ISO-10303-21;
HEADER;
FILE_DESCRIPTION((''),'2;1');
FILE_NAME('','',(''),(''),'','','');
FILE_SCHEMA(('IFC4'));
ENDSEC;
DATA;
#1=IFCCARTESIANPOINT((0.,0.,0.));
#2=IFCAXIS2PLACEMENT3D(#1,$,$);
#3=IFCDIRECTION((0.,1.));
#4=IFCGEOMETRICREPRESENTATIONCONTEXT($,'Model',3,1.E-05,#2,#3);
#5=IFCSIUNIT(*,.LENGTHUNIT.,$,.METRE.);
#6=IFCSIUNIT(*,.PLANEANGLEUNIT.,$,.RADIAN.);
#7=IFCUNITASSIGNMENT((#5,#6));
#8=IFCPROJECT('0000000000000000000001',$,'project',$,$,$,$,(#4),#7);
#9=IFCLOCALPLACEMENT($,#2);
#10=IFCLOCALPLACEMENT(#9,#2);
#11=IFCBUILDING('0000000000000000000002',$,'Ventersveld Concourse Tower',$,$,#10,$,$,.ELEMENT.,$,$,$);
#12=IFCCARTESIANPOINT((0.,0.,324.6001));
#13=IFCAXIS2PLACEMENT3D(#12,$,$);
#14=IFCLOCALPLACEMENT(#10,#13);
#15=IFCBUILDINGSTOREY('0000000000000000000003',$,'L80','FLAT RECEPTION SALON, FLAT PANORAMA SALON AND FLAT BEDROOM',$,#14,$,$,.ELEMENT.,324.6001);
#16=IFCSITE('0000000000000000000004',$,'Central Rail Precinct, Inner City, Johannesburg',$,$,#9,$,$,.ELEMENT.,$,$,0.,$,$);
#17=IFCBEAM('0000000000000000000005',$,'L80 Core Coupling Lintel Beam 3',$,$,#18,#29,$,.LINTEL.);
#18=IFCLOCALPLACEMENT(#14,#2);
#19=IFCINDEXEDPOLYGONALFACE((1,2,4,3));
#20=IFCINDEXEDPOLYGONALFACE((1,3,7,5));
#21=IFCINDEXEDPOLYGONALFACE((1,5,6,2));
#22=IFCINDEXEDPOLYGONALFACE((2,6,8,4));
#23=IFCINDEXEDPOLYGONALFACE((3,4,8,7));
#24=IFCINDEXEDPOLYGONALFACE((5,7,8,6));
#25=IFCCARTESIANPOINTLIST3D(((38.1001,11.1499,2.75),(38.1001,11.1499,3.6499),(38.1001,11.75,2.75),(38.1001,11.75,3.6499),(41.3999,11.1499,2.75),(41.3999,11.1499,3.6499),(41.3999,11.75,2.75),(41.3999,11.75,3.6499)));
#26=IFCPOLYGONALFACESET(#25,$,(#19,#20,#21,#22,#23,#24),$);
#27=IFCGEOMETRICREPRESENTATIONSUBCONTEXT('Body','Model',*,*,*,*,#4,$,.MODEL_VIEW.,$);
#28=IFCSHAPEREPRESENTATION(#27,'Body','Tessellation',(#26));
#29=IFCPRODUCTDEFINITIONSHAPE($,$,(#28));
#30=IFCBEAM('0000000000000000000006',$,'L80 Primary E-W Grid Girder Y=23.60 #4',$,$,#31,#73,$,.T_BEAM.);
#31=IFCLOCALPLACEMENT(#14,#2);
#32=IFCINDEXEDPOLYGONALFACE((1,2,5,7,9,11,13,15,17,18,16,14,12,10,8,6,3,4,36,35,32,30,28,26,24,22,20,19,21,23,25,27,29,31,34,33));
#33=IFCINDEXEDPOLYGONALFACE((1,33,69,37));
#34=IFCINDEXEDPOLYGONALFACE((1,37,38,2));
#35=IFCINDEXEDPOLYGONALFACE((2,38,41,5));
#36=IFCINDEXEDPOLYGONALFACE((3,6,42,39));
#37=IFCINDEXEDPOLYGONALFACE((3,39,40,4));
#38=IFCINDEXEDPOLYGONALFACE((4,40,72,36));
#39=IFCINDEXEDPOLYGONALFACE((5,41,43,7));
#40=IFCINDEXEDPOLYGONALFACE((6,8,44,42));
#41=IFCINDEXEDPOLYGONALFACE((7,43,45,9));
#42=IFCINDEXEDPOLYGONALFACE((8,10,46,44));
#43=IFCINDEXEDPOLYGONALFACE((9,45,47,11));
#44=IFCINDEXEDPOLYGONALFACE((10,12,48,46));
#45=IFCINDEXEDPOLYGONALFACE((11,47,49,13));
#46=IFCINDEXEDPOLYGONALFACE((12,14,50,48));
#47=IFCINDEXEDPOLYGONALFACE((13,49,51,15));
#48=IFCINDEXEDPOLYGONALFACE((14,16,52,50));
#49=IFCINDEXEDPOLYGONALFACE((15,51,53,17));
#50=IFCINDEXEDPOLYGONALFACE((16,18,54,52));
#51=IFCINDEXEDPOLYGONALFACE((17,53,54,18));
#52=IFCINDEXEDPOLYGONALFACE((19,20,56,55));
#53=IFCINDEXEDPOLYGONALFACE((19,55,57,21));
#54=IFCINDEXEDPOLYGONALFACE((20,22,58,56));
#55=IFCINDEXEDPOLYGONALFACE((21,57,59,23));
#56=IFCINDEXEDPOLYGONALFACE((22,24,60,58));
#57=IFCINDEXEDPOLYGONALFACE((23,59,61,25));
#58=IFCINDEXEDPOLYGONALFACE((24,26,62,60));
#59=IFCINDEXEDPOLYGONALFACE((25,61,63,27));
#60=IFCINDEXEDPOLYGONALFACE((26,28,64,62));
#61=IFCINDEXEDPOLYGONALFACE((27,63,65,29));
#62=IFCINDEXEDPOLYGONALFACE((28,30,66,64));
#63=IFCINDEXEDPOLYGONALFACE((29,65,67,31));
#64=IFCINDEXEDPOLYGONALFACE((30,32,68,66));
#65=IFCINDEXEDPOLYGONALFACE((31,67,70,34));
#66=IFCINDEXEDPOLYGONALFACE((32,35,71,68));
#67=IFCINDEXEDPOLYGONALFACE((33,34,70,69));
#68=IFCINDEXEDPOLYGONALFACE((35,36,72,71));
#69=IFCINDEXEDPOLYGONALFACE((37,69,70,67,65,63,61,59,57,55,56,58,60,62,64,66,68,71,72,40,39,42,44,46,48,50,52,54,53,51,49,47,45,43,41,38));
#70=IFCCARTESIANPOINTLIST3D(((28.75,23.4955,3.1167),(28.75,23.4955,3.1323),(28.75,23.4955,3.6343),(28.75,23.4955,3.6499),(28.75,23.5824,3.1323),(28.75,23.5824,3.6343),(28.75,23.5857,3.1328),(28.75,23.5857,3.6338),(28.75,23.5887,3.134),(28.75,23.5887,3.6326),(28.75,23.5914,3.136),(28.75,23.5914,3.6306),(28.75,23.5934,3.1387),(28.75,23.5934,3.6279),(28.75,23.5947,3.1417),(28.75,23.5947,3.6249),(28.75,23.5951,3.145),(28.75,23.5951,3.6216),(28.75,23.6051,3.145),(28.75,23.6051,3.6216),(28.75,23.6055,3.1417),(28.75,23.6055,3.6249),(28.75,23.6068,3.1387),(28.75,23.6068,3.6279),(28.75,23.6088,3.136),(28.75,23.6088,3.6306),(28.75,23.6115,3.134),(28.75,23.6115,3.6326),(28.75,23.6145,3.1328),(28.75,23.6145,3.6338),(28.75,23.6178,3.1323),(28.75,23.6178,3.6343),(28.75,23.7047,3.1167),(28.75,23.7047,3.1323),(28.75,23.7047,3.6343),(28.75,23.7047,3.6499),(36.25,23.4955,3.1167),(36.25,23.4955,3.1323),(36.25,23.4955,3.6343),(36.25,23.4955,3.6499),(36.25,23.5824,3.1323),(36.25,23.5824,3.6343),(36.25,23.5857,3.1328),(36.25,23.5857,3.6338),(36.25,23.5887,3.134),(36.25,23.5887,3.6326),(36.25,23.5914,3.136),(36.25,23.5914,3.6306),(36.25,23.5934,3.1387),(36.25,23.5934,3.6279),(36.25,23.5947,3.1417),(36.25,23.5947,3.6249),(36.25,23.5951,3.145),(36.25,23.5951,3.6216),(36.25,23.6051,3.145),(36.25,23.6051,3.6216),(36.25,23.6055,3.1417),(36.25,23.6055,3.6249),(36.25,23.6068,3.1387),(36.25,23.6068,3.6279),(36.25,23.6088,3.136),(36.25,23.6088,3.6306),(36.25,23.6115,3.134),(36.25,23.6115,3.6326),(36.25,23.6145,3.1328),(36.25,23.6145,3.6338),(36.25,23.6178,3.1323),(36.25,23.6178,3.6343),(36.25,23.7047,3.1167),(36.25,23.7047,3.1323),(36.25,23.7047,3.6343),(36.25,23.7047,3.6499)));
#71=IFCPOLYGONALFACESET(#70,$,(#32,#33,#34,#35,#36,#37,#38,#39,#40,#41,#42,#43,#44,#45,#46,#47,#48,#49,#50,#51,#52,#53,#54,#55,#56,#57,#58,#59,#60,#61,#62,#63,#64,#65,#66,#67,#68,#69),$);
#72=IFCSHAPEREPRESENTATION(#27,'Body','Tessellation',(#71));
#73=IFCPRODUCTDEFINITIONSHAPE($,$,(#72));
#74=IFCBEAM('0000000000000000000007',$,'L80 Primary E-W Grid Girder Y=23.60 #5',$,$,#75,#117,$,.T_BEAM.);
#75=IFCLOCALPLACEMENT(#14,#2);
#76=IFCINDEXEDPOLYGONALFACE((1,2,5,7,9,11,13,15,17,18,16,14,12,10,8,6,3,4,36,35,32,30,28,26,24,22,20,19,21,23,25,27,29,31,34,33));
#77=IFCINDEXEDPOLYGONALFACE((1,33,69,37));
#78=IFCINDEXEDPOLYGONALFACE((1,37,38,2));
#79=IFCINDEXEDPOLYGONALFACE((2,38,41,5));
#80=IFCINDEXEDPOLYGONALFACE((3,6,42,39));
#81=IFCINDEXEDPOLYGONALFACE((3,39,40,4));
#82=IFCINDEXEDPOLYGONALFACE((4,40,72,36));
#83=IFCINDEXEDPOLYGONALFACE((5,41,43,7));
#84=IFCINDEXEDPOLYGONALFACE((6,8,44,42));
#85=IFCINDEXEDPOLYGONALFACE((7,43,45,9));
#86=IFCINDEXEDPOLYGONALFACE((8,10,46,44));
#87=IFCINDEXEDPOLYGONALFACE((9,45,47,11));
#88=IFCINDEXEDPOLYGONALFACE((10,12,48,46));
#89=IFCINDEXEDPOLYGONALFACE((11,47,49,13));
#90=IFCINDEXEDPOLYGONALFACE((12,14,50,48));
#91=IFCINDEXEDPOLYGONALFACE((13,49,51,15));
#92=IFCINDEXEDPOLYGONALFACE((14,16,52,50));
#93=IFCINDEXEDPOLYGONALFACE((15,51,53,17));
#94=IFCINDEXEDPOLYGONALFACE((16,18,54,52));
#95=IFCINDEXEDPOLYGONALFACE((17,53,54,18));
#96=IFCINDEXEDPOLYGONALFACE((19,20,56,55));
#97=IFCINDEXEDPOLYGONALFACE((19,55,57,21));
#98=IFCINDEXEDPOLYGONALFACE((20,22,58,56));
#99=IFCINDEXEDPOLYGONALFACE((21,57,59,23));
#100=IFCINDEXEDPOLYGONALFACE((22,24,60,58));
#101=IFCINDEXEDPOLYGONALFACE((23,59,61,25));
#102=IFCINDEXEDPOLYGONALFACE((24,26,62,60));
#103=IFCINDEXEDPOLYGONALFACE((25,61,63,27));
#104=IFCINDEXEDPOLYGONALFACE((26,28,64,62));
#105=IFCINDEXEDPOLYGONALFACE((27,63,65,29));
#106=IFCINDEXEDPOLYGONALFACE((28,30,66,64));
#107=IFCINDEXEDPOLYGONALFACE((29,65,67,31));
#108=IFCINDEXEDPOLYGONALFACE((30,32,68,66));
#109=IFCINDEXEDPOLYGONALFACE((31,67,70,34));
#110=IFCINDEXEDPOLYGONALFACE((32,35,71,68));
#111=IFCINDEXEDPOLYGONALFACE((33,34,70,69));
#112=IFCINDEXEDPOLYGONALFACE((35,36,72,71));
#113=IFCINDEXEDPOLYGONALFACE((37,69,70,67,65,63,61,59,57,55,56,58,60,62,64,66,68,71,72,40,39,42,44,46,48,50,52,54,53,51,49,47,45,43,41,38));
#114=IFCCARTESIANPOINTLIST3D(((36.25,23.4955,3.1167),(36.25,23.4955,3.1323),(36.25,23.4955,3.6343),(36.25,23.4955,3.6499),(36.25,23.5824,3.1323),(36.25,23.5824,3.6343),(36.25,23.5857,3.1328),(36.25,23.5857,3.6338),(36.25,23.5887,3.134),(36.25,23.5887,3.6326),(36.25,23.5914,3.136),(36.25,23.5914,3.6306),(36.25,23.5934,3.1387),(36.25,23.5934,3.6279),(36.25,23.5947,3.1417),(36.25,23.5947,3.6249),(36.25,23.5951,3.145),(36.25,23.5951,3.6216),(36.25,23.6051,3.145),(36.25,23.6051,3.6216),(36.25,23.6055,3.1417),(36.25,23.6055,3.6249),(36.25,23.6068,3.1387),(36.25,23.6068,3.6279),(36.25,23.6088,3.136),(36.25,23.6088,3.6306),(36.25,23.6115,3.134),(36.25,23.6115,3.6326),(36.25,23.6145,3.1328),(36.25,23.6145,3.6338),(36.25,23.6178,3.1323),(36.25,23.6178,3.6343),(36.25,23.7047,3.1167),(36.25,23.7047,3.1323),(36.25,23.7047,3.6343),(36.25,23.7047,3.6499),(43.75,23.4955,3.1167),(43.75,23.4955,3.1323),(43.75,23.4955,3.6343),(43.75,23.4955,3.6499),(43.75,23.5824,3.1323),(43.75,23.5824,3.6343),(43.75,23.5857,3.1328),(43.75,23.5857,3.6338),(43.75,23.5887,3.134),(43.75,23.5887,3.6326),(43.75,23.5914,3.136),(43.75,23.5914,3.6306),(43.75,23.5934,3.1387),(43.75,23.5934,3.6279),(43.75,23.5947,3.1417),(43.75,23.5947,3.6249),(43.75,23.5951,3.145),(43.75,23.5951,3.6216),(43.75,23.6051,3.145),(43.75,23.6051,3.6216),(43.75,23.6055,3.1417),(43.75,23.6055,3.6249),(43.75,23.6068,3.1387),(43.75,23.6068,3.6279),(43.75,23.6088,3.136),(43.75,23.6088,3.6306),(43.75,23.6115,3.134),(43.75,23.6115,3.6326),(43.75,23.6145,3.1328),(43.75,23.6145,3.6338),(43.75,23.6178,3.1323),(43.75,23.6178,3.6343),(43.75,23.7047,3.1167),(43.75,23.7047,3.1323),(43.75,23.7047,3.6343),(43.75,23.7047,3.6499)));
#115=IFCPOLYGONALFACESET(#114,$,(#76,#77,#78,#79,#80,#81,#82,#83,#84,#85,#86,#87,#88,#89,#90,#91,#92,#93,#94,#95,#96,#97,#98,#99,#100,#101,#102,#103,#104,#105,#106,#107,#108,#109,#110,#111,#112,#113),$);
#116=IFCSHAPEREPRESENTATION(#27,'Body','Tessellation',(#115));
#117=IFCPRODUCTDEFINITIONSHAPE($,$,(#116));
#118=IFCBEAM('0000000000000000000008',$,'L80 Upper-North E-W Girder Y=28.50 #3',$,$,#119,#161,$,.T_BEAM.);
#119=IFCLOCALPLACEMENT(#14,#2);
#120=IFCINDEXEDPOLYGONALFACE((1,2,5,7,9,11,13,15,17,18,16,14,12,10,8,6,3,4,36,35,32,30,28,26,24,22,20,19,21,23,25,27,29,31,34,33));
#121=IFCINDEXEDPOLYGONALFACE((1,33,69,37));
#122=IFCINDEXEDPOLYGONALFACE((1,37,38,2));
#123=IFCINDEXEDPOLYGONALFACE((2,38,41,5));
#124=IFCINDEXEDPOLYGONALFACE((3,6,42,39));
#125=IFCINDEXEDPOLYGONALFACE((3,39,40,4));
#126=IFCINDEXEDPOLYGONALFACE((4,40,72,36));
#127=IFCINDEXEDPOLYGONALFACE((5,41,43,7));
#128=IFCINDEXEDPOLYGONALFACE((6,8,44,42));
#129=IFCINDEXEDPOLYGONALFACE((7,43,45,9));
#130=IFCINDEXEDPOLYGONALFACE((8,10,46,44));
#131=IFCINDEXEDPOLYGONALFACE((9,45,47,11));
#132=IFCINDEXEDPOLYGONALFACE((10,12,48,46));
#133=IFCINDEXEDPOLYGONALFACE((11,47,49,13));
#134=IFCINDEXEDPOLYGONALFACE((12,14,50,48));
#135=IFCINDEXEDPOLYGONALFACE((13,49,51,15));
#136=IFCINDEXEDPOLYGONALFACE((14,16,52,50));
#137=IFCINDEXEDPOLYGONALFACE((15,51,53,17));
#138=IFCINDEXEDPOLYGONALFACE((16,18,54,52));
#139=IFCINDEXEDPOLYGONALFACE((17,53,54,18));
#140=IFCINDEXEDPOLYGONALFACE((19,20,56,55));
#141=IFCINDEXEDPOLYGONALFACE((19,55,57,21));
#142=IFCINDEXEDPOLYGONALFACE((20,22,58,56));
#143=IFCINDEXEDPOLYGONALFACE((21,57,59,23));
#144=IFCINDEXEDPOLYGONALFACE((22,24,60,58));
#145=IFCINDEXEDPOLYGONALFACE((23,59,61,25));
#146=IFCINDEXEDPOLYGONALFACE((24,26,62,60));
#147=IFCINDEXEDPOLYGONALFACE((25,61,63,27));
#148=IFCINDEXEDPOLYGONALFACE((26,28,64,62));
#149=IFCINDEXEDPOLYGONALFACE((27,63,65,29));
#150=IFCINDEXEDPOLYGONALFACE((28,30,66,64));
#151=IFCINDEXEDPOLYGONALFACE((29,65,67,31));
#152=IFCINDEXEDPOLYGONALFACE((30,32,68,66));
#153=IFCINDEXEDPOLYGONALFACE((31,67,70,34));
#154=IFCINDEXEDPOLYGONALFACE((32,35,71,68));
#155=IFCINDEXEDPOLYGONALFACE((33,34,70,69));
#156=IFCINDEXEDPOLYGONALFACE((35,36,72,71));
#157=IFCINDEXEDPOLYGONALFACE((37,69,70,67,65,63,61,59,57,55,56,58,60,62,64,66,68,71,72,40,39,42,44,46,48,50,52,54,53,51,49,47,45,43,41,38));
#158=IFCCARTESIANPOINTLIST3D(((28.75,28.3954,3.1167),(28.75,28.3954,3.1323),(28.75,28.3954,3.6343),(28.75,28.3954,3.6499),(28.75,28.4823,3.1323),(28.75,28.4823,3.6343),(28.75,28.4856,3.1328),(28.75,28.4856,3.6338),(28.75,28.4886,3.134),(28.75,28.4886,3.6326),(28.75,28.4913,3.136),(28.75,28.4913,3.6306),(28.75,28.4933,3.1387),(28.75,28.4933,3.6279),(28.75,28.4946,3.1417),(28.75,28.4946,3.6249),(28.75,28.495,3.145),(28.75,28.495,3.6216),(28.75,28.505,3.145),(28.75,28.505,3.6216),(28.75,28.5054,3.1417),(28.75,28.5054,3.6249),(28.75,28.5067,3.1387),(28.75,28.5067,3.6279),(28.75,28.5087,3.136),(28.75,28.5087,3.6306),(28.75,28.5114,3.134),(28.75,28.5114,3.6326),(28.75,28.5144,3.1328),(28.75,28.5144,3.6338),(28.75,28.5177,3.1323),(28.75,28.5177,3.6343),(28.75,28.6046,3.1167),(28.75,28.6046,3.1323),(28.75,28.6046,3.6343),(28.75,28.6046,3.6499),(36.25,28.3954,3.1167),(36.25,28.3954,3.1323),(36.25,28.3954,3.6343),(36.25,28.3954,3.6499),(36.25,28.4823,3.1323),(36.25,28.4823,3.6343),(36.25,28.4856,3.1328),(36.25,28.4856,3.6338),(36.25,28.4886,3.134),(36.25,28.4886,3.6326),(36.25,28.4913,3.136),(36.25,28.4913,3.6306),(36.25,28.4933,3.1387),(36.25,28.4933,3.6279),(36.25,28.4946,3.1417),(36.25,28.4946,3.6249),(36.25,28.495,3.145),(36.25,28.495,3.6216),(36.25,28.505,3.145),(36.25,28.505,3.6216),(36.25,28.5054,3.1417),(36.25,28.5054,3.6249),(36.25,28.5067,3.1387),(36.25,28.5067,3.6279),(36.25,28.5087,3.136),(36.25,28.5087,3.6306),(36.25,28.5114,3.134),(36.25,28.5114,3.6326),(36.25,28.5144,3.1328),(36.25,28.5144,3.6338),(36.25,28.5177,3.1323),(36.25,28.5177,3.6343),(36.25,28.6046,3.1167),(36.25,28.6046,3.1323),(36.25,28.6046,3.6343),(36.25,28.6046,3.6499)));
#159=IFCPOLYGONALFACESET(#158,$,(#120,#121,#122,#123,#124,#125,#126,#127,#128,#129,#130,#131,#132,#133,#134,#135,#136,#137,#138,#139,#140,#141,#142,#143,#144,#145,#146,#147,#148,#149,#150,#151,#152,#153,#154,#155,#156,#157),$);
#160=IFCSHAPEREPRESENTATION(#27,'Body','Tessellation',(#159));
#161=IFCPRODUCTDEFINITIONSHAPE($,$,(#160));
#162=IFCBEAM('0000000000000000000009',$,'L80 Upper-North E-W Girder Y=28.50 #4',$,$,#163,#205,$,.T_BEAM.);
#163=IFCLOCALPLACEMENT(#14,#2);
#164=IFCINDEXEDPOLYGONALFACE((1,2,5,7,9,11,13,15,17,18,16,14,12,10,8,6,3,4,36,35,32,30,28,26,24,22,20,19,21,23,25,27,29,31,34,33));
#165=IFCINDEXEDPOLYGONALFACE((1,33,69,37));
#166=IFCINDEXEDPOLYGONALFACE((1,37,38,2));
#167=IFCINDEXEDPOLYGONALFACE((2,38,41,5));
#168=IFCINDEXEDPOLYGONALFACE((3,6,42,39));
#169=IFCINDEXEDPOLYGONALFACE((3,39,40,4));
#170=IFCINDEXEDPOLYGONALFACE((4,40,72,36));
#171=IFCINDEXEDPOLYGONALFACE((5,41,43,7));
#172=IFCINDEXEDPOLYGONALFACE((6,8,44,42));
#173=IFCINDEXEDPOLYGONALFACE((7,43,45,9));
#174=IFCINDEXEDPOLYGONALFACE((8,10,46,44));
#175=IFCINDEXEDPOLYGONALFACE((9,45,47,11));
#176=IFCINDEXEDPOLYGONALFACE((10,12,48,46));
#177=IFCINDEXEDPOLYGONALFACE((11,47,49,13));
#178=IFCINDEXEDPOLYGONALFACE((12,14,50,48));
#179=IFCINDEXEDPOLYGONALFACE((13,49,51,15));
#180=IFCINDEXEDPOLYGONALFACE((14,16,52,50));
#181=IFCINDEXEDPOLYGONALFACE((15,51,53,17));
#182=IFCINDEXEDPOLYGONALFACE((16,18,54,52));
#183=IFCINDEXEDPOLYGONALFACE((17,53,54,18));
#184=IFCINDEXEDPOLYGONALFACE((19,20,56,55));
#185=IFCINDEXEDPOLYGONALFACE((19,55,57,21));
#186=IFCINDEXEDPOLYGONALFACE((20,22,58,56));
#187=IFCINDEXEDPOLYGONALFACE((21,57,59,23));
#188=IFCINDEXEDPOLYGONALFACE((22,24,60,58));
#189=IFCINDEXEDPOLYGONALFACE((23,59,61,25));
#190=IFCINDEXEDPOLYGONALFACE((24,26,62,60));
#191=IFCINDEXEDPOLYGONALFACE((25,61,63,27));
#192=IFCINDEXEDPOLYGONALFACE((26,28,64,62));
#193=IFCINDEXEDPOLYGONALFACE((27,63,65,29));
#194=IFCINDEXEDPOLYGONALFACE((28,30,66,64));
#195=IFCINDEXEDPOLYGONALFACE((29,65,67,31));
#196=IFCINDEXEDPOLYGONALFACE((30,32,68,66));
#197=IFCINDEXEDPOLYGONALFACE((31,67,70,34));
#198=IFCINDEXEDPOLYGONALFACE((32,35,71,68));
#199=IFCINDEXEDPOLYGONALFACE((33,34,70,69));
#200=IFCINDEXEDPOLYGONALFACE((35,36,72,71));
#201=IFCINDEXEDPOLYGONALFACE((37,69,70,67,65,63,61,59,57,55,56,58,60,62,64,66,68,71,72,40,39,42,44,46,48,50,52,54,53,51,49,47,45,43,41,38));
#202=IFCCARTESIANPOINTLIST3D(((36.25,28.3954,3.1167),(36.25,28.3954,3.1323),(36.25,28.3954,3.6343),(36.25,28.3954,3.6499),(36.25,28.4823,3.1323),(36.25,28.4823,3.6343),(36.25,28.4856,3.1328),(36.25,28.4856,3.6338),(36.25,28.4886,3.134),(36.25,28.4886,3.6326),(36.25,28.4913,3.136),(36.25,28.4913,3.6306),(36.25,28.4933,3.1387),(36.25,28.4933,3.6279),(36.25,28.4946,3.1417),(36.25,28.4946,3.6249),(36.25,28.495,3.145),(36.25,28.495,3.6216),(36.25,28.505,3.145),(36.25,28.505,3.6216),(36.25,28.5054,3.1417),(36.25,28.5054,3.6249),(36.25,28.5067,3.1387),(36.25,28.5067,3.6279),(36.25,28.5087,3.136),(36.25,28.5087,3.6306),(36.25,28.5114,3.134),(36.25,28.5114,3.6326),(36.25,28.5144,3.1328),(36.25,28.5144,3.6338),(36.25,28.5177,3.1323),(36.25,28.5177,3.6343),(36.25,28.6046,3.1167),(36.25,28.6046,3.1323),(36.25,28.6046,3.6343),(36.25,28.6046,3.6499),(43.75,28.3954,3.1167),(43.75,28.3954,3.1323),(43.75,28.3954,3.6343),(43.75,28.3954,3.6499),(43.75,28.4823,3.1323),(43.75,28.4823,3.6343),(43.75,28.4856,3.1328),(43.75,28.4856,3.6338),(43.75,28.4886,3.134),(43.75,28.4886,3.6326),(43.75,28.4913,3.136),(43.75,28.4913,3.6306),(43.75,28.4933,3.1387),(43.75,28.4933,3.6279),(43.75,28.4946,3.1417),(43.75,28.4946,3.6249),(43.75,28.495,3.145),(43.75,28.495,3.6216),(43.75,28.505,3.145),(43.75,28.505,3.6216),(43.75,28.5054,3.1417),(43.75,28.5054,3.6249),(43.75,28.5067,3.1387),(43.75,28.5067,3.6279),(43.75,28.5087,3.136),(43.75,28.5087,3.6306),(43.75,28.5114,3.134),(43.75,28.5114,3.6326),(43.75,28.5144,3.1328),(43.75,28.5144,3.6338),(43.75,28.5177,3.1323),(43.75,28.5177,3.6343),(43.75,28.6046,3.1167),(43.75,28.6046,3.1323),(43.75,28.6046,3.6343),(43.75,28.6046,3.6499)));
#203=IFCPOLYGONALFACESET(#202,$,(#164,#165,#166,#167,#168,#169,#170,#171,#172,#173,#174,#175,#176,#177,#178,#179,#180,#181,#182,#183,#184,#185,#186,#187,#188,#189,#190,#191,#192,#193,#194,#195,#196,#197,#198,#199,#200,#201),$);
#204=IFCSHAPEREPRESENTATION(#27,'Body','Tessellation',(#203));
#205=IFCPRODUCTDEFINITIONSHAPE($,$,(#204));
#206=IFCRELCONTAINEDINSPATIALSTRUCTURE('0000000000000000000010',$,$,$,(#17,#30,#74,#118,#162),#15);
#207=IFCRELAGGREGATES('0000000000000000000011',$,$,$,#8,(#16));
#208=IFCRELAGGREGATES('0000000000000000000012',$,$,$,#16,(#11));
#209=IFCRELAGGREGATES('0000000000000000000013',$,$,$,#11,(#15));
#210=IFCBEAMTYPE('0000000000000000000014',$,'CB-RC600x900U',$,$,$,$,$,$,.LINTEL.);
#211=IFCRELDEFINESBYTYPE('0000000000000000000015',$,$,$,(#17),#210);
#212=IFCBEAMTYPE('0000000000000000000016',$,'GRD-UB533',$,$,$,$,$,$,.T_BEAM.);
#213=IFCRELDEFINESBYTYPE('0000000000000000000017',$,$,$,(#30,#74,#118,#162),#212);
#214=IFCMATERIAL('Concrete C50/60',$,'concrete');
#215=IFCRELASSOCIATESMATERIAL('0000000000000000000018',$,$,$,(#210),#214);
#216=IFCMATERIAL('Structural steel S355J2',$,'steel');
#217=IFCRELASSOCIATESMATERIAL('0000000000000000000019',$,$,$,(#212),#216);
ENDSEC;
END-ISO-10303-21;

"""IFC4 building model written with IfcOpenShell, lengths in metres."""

from ifc_helpers import new_model, si_unit, direction, frame, origin, origin_2d, place, context, subcontext, project, spatial, rectangle, i_section, extrude, material, material_profile, profile_set, type_object, element, save


model = new_model("IFC4")

# Units and contexts
model_context = context("Model", 3, precision=1e-05, world=origin(), true_north=direction((0.0, 1.0)))
body_context = subcontext(model_context, "Body", "Model", "MODEL_VIEW")
ifc_project = project(units=[si_unit("LENGTHUNIT", "METRE"), si_unit("PLANEANGLEUNIT", "RADIAN")], contexts=[model_context])

# Site, building, storey
site_placement = place(None, origin())
site = spatial("IfcSite", under=ifc_project, at=site_placement, Name="Central Rail Precinct, Inner City, Johannesburg", CompositionType="ELEMENT", RefElevation=0.0)
building_placement = place(site_placement, origin())
building = spatial("IfcBuilding", under=site, at=building_placement, Name="Ventersveld Concourse Tower", CompositionType="ELEMENT")
storey_placement = place(building_placement, frame((0.0, 0.0, 324.6001)))
storey = spatial("IfcBuildingStorey", under=building, at=storey_placement, Name="L80", Description="FLAT RECEPTION SALON, FLAT PANORAMA SALON AND FLAT BEDROOM", CompositionType="ELEMENT", Elevation=324.6001)

# Shared definitions
ifc_material_1 = material(Name="Concrete C50/60", Category="concrete")
ifc_material_2 = material(Name="Structural steel S355J2", Category="steel")

# Beams
ifc_material_profile_1 = material_profile(ifc_material_1, rectangle(XDim=0.6001, YDim=0.8999, at=origin_2d()), Name="RC 600x900")
ifc_profile_set_1 = profile_set([ifc_material_profile_1], Name="Concrete C50/60")
beam_type_1 = type_object("IfcBeamType", Name="CB-RC600x900U", PredefinedType="LINTEL", material=ifc_profile_set_1)
beam_1_placement = place(storey_placement, frame((38.1001, 11.45, 3.2), z_axis=(1.0, 0.0, 0.0), x_axis=(0.0, 1.0, 0.0)))
element("IfcBeam", 1, at=beam_1_placement, inside=storey, type_object=beam_type_1, Name="L80 Core Coupling Lintel Beam 3", PredefinedType="LINTEL", context=body_context, shape_type="SweptSolid", body=[
    extrude(rectangle(XDim=0.6001, YDim=0.8999, at=origin_2d()), origin(), (0.0, 0.0, 1.0), 3.2998),
])
ifc_material_profile_2 = material_profile(ifc_material_2, i_section(OverallWidth=0.2092, OverallDepth=0.5332, WebThickness=0.01, FlangeThickness=0.0156, FilletRadius=0.0127, at=origin_2d()), Name="UB 533x210x92")
ifc_profile_set_2 = profile_set([ifc_material_profile_2], Name="Structural steel S355J2")
beam_type_2 = type_object("IfcBeamType", Name="GRD-UB533", PredefinedType="T_BEAM", material=ifc_profile_set_2)
for number, where, z_axis, x_axis, name in (
    (2, (28.75, 23.6001, 3.3833), (1.0, 0.0, 0.0), (0.0, 1.0, 0.0), "L80 Primary E-W Grid Girder Y=23.60 #4"),
    (3, (36.25, 23.6001, 3.3833), (1.0, 0.0, 0.0), (0.0, 1.0, 0.0), "L80 Primary E-W Grid Girder Y=23.60 #5"),
    (4, (28.75, 28.5, 3.3833), (1.0, 0.0, 0.0), (0.0, 1.0, 0.0), "L80 Upper-North E-W Girder Y=28.50 #3"),
    (5, (36.25, 28.5, 3.3833), (1.0, 0.0, 0.0), (0.0, 1.0, 0.0), "L80 Upper-North E-W Girder Y=28.50 #4"),
):
    element("IfcBeam", number, at=place(storey_placement, frame(where, z_axis=z_axis, x_axis=x_axis)), inside=storey, type_object=beam_type_2, Name=name, PredefinedType="T_BEAM", context=body_context, shape_type="SweptSolid", body=[
        extrude(i_section(OverallWidth=0.2092, OverallDepth=0.5332, WebThickness=0.01, FlangeThickness=0.0156, FilletRadius=0.0127, at=origin_2d()), origin(), (0.0, 0.0, 1.0), 7.5),
    ])

save(model, "model.ifc")
